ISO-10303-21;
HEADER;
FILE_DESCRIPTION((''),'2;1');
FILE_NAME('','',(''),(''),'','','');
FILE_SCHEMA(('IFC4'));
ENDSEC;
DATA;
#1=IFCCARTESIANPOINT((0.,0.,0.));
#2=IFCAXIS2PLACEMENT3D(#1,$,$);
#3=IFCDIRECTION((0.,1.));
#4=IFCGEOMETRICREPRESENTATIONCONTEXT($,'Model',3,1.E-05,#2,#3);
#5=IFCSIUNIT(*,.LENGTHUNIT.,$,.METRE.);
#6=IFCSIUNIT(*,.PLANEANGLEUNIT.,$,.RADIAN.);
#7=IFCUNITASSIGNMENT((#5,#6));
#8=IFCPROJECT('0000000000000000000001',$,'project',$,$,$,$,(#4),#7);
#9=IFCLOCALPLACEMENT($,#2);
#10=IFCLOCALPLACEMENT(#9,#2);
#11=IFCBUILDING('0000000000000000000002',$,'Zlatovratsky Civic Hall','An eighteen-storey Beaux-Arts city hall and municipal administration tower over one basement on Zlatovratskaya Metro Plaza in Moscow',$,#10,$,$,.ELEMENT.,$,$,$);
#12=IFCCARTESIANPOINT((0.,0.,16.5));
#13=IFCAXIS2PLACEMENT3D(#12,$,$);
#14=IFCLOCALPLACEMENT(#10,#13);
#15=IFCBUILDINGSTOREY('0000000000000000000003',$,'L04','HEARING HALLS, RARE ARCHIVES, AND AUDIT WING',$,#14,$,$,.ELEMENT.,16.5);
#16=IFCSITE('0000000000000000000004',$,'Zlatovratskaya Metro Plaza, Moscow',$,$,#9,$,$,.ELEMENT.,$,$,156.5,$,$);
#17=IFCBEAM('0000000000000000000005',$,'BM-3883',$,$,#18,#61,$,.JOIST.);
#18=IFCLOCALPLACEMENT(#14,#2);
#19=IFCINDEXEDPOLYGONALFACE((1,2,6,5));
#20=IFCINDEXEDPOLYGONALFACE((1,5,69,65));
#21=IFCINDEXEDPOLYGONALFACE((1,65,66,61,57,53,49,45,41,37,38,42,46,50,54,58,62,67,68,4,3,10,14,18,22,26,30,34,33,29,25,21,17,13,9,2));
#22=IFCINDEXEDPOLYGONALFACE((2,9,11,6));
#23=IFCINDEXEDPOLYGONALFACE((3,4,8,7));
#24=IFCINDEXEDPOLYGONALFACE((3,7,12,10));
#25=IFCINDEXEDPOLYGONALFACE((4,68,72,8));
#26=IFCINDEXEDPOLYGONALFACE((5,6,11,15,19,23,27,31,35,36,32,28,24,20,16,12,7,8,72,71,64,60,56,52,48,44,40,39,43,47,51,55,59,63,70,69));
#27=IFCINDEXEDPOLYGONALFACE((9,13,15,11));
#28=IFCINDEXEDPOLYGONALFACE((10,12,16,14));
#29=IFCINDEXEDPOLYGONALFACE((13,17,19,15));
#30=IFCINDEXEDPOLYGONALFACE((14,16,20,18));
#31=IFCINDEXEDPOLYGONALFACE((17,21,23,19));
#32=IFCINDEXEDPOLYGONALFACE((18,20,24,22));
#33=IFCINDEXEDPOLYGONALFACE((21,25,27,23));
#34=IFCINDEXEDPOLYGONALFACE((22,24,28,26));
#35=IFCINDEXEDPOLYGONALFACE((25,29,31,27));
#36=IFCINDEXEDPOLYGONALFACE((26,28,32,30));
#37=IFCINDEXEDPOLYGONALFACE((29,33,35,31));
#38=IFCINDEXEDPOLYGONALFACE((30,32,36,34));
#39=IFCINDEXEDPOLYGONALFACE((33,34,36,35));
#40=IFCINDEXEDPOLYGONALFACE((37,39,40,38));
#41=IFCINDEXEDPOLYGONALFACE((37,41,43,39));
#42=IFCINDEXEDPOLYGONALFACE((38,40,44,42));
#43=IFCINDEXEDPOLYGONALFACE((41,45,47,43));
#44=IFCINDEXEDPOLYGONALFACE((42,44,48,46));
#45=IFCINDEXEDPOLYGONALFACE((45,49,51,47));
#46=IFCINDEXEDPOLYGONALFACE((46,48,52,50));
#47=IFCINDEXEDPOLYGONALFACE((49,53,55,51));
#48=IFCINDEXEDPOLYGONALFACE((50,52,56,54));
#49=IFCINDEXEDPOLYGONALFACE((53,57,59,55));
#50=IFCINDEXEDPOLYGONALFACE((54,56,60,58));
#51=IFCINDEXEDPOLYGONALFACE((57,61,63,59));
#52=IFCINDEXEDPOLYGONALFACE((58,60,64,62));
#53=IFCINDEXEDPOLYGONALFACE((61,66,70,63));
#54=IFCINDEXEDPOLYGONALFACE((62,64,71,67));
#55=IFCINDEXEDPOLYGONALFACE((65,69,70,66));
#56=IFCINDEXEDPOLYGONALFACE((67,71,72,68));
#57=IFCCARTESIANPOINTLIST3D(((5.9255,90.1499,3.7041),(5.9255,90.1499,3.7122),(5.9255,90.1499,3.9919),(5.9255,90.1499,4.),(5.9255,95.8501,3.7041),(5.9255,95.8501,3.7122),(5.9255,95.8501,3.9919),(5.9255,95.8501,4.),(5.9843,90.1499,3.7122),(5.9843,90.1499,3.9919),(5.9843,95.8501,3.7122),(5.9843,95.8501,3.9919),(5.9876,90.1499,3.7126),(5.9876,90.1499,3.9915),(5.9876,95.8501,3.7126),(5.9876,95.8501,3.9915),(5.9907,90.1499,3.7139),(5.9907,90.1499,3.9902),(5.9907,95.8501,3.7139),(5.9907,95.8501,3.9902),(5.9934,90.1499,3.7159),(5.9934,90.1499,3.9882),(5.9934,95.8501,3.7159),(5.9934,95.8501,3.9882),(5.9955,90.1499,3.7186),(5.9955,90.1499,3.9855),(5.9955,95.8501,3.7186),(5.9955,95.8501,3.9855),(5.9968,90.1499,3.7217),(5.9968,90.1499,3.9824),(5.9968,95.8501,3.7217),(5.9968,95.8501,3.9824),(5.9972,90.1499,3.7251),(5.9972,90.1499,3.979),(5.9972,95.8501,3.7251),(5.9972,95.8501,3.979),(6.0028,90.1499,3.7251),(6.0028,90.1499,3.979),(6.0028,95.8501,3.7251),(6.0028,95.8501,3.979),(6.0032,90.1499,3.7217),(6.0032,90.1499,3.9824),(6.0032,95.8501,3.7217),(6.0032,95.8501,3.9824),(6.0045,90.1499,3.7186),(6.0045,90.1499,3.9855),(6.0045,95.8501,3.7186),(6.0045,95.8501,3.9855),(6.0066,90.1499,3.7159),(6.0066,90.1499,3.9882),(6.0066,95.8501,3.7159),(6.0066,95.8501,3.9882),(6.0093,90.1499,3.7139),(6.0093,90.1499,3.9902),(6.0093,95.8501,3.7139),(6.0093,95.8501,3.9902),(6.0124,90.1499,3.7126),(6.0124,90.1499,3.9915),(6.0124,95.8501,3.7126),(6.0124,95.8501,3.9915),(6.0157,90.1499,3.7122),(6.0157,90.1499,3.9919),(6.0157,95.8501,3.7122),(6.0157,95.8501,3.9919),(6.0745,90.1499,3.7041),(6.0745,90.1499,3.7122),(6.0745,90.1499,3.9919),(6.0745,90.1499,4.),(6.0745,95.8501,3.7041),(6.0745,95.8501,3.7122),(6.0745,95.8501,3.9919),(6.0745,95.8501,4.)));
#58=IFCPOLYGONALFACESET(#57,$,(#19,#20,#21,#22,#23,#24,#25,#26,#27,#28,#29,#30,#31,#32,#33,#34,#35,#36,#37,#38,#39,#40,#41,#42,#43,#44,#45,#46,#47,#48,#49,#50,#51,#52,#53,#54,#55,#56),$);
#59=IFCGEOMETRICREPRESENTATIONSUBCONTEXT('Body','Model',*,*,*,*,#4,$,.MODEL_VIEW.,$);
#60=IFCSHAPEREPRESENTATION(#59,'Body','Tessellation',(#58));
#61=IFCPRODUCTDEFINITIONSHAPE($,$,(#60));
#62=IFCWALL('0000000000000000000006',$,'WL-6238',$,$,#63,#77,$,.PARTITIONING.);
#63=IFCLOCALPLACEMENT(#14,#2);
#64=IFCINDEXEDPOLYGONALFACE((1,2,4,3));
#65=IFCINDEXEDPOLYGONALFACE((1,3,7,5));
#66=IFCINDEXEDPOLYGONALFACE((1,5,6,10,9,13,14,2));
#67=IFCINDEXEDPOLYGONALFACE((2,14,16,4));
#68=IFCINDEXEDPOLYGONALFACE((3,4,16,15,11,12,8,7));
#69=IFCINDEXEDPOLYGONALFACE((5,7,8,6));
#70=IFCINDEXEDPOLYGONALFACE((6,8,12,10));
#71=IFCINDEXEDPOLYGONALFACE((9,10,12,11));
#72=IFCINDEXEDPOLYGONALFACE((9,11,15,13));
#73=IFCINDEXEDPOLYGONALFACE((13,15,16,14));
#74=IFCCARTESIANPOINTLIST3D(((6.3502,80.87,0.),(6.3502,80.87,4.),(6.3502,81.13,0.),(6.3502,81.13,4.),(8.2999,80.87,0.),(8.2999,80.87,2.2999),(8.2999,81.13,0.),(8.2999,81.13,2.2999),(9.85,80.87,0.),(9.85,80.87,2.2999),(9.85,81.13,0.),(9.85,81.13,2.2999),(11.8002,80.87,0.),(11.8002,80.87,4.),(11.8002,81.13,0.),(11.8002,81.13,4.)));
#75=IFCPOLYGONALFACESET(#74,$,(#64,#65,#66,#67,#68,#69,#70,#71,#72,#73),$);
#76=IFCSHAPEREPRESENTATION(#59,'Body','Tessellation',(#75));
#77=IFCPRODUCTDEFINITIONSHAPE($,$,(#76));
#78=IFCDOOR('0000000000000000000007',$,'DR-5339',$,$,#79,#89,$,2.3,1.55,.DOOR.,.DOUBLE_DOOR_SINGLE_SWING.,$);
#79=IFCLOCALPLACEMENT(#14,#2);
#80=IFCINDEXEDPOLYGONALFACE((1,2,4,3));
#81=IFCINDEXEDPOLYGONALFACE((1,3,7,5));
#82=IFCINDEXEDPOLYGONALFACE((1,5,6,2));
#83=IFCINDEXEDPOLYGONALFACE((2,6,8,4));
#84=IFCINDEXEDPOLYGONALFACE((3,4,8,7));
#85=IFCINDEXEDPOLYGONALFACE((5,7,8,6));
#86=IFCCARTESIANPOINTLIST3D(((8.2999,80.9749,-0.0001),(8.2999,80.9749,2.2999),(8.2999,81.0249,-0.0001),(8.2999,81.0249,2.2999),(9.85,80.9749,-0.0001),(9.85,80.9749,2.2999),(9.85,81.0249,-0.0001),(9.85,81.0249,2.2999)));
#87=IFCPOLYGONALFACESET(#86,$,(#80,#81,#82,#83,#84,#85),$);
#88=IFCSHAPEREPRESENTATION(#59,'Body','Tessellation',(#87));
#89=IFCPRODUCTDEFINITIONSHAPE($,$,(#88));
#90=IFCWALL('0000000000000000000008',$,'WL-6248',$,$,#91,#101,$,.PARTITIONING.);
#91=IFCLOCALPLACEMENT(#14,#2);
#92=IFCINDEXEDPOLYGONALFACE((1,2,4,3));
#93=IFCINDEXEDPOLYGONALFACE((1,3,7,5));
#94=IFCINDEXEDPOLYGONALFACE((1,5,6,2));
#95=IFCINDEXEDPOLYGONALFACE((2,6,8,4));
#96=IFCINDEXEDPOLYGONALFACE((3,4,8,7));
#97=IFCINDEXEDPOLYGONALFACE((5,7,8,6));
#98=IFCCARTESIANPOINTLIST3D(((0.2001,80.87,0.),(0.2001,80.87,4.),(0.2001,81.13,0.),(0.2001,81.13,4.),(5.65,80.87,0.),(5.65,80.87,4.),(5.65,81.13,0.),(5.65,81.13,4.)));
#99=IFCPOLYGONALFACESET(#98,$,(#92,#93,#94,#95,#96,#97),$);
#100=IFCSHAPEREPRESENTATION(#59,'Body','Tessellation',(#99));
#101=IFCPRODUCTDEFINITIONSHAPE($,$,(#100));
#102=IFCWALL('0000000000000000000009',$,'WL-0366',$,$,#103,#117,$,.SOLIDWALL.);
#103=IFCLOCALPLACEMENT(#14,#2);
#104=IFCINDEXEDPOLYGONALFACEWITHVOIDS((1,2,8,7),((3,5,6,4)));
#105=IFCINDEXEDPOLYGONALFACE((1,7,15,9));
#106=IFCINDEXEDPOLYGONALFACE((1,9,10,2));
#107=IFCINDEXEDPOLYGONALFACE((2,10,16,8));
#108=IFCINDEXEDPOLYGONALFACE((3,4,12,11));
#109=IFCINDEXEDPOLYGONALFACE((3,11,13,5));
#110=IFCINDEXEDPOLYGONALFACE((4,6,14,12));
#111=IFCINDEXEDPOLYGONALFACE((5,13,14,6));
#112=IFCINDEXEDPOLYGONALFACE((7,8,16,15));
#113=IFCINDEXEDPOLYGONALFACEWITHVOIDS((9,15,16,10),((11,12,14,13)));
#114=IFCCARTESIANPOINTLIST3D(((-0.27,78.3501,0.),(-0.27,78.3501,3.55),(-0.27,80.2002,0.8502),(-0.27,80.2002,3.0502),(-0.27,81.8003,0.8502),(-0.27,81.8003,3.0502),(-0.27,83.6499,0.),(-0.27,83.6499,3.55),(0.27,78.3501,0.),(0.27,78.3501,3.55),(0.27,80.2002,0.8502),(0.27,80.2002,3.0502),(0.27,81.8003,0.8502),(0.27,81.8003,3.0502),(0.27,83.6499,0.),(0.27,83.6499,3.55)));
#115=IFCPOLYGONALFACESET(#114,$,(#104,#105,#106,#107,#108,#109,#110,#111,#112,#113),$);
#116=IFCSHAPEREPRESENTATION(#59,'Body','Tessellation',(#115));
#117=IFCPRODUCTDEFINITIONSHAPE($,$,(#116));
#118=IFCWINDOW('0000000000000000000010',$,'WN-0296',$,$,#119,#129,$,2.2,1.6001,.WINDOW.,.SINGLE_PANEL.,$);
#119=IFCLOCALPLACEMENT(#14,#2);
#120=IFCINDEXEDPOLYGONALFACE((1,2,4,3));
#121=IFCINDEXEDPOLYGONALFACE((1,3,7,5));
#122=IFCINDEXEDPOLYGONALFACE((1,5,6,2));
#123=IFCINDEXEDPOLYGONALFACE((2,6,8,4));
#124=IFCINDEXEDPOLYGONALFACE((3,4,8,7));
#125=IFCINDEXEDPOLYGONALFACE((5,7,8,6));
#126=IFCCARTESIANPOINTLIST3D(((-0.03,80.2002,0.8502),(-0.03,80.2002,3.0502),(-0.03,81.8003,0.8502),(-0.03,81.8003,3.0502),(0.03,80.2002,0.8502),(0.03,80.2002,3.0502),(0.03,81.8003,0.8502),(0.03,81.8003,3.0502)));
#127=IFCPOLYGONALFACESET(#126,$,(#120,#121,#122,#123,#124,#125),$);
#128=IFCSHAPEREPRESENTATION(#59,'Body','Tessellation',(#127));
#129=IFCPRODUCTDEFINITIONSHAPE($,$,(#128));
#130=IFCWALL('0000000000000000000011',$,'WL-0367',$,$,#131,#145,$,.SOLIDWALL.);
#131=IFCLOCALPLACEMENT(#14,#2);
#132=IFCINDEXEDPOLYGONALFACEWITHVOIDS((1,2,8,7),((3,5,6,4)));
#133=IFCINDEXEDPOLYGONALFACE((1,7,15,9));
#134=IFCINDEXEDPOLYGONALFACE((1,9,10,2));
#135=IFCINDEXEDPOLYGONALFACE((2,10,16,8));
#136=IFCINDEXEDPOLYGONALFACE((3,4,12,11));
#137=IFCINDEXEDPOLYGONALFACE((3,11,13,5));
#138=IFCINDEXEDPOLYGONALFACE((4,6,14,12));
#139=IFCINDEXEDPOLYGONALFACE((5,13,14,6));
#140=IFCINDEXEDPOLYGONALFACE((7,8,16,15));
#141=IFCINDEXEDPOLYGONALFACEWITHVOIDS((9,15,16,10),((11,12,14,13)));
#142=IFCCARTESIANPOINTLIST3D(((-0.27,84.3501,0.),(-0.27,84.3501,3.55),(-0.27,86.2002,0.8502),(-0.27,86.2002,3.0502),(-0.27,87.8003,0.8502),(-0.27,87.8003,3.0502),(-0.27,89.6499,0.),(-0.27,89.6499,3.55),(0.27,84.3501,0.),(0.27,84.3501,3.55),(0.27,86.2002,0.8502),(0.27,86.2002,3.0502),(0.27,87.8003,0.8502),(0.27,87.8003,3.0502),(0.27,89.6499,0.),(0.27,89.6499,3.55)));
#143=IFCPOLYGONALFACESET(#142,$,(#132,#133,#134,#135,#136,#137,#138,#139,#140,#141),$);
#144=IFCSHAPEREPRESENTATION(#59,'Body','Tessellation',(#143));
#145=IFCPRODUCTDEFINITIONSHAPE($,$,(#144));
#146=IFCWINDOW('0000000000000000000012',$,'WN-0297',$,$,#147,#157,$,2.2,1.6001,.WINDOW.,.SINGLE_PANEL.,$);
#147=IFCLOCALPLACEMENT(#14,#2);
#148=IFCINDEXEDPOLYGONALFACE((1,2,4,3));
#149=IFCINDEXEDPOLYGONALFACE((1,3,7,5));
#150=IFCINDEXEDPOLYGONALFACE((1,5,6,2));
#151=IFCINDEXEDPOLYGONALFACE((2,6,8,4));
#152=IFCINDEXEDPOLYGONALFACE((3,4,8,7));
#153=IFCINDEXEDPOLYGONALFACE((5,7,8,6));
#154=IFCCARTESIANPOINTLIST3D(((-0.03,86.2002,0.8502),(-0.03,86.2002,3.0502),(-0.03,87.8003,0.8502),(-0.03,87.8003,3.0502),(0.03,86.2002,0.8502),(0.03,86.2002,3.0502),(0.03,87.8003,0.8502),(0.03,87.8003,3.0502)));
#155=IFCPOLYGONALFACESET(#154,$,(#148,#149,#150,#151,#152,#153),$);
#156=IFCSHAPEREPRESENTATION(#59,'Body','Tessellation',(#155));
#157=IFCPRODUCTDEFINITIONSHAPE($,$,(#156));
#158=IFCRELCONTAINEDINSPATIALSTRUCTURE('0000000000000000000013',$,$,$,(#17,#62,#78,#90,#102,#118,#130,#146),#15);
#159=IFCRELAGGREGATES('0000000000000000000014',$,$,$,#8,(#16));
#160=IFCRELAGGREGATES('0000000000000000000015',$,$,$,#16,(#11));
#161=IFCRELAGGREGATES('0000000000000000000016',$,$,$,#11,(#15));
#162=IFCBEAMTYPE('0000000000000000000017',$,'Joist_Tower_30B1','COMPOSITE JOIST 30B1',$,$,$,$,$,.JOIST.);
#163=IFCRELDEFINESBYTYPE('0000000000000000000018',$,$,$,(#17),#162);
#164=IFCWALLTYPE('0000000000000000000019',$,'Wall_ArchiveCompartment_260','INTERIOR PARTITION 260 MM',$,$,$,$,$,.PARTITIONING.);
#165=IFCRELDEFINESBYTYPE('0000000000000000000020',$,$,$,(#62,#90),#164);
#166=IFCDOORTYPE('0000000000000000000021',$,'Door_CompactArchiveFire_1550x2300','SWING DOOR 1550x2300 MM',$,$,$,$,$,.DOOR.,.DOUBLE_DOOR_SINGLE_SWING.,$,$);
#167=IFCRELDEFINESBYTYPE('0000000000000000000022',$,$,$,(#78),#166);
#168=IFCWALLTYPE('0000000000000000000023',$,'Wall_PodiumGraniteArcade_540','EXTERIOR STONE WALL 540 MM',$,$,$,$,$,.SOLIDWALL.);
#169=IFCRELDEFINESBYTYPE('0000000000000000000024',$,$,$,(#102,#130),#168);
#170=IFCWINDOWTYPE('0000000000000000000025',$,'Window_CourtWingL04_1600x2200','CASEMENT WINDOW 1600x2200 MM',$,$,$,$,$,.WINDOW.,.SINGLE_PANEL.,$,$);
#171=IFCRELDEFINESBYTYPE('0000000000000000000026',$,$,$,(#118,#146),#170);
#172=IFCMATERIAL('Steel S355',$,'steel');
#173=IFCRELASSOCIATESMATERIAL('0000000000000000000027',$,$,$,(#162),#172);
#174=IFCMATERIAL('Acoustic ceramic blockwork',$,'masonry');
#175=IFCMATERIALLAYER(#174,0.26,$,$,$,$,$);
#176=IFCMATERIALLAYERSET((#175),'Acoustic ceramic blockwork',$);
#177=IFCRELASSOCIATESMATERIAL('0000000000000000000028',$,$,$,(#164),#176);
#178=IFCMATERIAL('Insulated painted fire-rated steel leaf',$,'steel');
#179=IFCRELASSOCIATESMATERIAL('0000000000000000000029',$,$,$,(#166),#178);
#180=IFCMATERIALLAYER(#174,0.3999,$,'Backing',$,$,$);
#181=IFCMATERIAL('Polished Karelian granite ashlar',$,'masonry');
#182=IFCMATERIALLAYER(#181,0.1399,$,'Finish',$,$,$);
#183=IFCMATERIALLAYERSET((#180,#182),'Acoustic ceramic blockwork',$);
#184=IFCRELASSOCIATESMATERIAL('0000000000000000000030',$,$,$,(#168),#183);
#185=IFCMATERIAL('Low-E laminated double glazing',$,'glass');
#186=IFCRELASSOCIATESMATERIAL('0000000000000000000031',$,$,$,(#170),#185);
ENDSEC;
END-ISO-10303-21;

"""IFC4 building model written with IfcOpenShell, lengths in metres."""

from ifc_helpers import new_model, si_unit, direction, frame, frame_2d, origin, origin_2d, place, context, subcontext, project, spatial, rectangle, i_section, extrude, material, layer, layer_set, material_profile, profile_set, type_object, element, fill, save


model = new_model("IFC4")

# Units and contexts
model_context = context("Model", 3, precision=1e-05, world=origin(), true_north=direction((0.0, 1.0)))
body_context = subcontext(model_context, "Body", "Model", "MODEL_VIEW")
ifc_project = project(units=[si_unit("LENGTHUNIT", "METRE"), si_unit("PLANEANGLEUNIT", "RADIAN")], contexts=[model_context])

# Site, building, storey
site_placement = place(None, origin())
site = spatial("IfcSite", under=ifc_project, at=site_placement, Name="Zlatovratskaya Metro Plaza, Moscow", CompositionType="ELEMENT", RefElevation=156.5)
building_placement = place(site_placement, origin())
building = spatial("IfcBuilding", under=site, at=building_placement, Name="Zlatovratsky Civic Hall", Description="An eighteen-storey Beaux-Arts city hall and municipal administration tower over one basement on Zlatovratskaya Metro Plaza in Moscow", CompositionType="ELEMENT")
storey_placement = place(building_placement, frame((0.0, 0.0, 16.5)))
storey = spatial("IfcBuildingStorey", under=building, at=storey_placement, Name="L04", Description="HEARING HALLS, RARE ARCHIVES, AND AUDIT WING", CompositionType="ELEMENT", Elevation=16.5)

# Beam
ifc_material_1 = material(Name="Steel S355", Category="steel")
ifc_material_profile_1 = material_profile(ifc_material_1, i_section(OverallWidth=0.1489, OverallDepth=0.2959, WebThickness=0.0056, FlangeThickness=0.0081, FilletRadius=0.0129, at=origin_2d()), Name="30B1")
ifc_profile_set_1 = profile_set([ifc_material_profile_1], Name="Steel S355")
beam_type_1 = type_object("IfcBeamType", Name="Joist_Tower_30B1", Description="COMPOSITE JOIST 30B1", PredefinedType="JOIST", material=ifc_profile_set_1)
for number, where, z_axis, x_axis, name in (
    (1, (6.0, 90.1499, 3.8521), (0.0, 1.0, 0.0), (-1.0, 0.0, 0.0), "BM-3883"),
):
    element("IfcBeam", number, at=place(storey_placement, frame(where, z_axis=z_axis, x_axis=x_axis)), inside=storey, type_object=beam_type_1, Name=name, PredefinedType="JOIST", context=body_context, shape_type="SweptSolid", body=[
        extrude(i_section(OverallWidth=0.1489, OverallDepth=0.2959, WebThickness=0.0056, FlangeThickness=0.0081, FilletRadius=0.0129, at=origin_2d()), origin(), (0.0, 0.0, 1.0), 5.7002),
    ])

# Wall, opening, door
ifc_material_2 = material(Name="Acoustic ceramic blockwork", Category="masonry")
ifc_layer_1 = layer(ifc_material_2, 0.26)
ifc_layer_set_1 = layer_set([ifc_layer_1], Name="Acoustic ceramic blockwork")
wall_type_1 = type_object("IfcWallType", Name="Wall_ArchiveCompartment_260", Description="INTERIOR PARTITION 260 MM", PredefinedType="PARTITIONING", material=ifc_layer_set_1)
wall_1_placement = place(storey_placement, frame((6.3501, 81.0, 0.0), z_axis=(0.0, 0.0, 1.0), x_axis=(1.0, 0.0, 0.0)))
wall_1 = element("IfcWall", 2, at=wall_1_placement, inside=storey, type_object=wall_type_1, Name="WL-6238", PredefinedType="PARTITIONING", context=body_context, shape_type="SweptSolid", body=[
    extrude(rectangle(XDim=5.45, YDim=0.26, at=frame_2d((2.7251, 0.0))), origin(), (0.0, 0.0, 1.0), 4.0),
])
opening_1_placement = place(wall_1_placement, frame((1.95, 0.0, 0.0)))
opening_1 = element("IfcOpeningElement", 3, at=opening_1_placement, cuts=wall_1, PredefinedType="OPENING", context=body_context, shape_type="SweptSolid", body=[
    extrude(rectangle(XDim=1.55, YDim=2.3, at=frame_2d((0.7749, 1.1499))), frame((0.0, 0.145, 0.0), z_axis=(0.0, -1.0, 0.0), x_axis=(1.0, 0.0, 0.0)), (0.0, 0.0, 1.0), 0.2898),
])
ifc_material_3 = material(Name="Insulated painted fire-rated steel leaf", Category="steel")
door_type = type_object("IfcDoorType", Name="Door_CompactArchiveFire_1550x2300", Description="SWING DOOR 1550x2300 MM", OperationType="DOUBLE_DOOR_SINGLE_SWING", PredefinedType="DOOR", material=ifc_material_3)
door_placement = place(opening_1_placement, origin())
door = element("IfcDoor", 4, at=door_placement, inside=storey, type_object=door_type, Name="DR-5339", OperationType="DOUBLE_DOOR_SINGLE_SWING", OverallHeight=2.3, OverallWidth=1.55, PredefinedType="DOOR", context=body_context, shape_type="SweptSolid", body=[
    extrude(rectangle(XDim=1.55, YDim=2.3, at=frame_2d((0.7749, 1.1499))), frame((0.0, 0.0249, 0.0), z_axis=(0.0, -1.0, 0.0), x_axis=(1.0, 0.0, 0.0)), (0.0, 0.0, 1.0), 0.05),
])
fill(opening_1, door)

# Wall
wall_2_placement = place(storey_placement, frame((0.2, 81.0, 0.0), z_axis=(0.0, 0.0, 1.0), x_axis=(1.0, 0.0, 0.0)))
element("IfcWall", 5, at=wall_2_placement, inside=storey, type_object=wall_type_1, Name="WL-6248", PredefinedType="PARTITIONING", context=body_context, shape_type="SweptSolid", body=[
    extrude(rectangle(XDim=5.45, YDim=0.26, at=frame_2d((2.7251, 0.0))), origin(), (0.0, 0.0, 1.0), 4.0),
])

# Walls, openings, windows
ifc_layer_2 = layer(ifc_material_2, 0.3999, Name="Backing")
ifc_material_4 = material(Name="Polished Karelian granite ashlar", Category="masonry")
ifc_layer_3 = layer(ifc_material_4, 0.1399, Name="Finish")
ifc_layer_set_2 = layer_set([ifc_layer_2, ifc_layer_3], Name="Acoustic ceramic blockwork")
wall_type_2 = type_object("IfcWallType", Name="Wall_PodiumGraniteArcade_540", Description="EXTERIOR STONE WALL 540 MM", PredefinedType="SOLIDWALL", material=ifc_layer_set_2)
wall_3_placement = place(storey_placement, frame((0.0, 78.3501, 0.0), z_axis=(0.0, 0.0, 1.0), x_axis=(0.0, 1.0, 0.0)))
wall_3 = element("IfcWall", 6, at=wall_3_placement, inside=storey, type_object=wall_type_2, Name="WL-0366", PredefinedType="SOLIDWALL", context=body_context, shape_type="SweptSolid", body=[
    extrude(rectangle(XDim=5.2998, YDim=0.54, at=frame_2d((2.6499, 0.0))), origin(), (0.0, 0.0, 1.0), 3.55),
])
opening_2_placement = place(wall_3_placement, frame((1.8501, 0.0, 0.8501)))
opening_2 = element("IfcOpeningElement", 7, at=opening_2_placement, cuts=wall_3, PredefinedType="OPENING", context=body_context, shape_type="SweptSolid", body=[
    extrude(rectangle(XDim=1.6001, YDim=2.2, at=frame_2d((0.8, 1.1001))), frame((0.0, 0.2849, 0.0), z_axis=(0.0, -1.0, 0.0), x_axis=(1.0, 0.0, 0.0)), (0.0, 0.0, 1.0), 0.5698),
])
ifc_material_5 = material(Name="Low-E laminated double glazing", Category="glass")
window_type = type_object("IfcWindowType", Name="Window_CourtWingL04_1600x2200", Description="CASEMENT WINDOW 1600x2200 MM", PartitioningType="SINGLE_PANEL", PredefinedType="WINDOW", material=ifc_material_5)
window_1_placement = place(opening_2_placement, origin())
window_1 = element("IfcWindow", 8, at=window_1_placement, inside=storey, type_object=window_type, Name="WN-0296", OverallHeight=2.2, OverallWidth=1.6001, PartitioningType="SINGLE_PANEL", PredefinedType="WINDOW", context=body_context, shape_type="SweptSolid", body=[
    extrude(rectangle(XDim=1.6001, YDim=2.2, at=frame_2d((0.8, 1.1001))), frame((0.0, 0.03, 0.0), z_axis=(0.0, -1.0, 0.0), x_axis=(1.0, 0.0, 0.0)), (0.0, 0.0, 1.0), 0.0601),
])
fill(opening_2, window_1)
wall_4_placement = place(storey_placement, frame((0.0, 84.3501, 0.0), z_axis=(0.0, 0.0, 1.0), x_axis=(0.0, 1.0, 0.0)))
wall_4 = element("IfcWall", 9, at=wall_4_placement, inside=storey, type_object=wall_type_2, Name="WL-0367", PredefinedType="SOLIDWALL", context=body_context, shape_type="SweptSolid", body=[
    extrude(rectangle(XDim=5.2998, YDim=0.54, at=frame_2d((2.6499, 0.0))), origin(), (0.0, 0.0, 1.0), 3.55),
])
opening_3_placement = place(wall_4_placement, frame((1.8501, 0.0, 0.8501)))
opening_3 = element("IfcOpeningElement", 10, at=opening_3_placement, cuts=wall_4, PredefinedType="OPENING", context=body_context, shape_type="SweptSolid", body=[
    extrude(rectangle(XDim=1.6001, YDim=2.2, at=frame_2d((0.8, 1.1001))), frame((0.0, 0.2849, 0.0), z_axis=(0.0, -1.0, 0.0), x_axis=(1.0, 0.0, 0.0)), (0.0, 0.0, 1.0), 0.5698),
])
window_2_placement = place(opening_3_placement, origin())
window_2 = element("IfcWindow", 11, at=window_2_placement, inside=storey, type_object=window_type, Name="WN-0297", OverallHeight=2.2, OverallWidth=1.6001, PartitioningType="SINGLE_PANEL", PredefinedType="WINDOW", context=body_context, shape_type="SweptSolid", body=[
    extrude(rectangle(XDim=1.6001, YDim=2.2, at=frame_2d((0.8, 1.1001))), frame((0.0, 0.03, 0.0), z_axis=(0.0, -1.0, 0.0), x_axis=(1.0, 0.0, 0.0)), (0.0, 0.0, 1.0), 0.0601),
])
fill(opening_3, window_2)

save(model, "model.ifc")
